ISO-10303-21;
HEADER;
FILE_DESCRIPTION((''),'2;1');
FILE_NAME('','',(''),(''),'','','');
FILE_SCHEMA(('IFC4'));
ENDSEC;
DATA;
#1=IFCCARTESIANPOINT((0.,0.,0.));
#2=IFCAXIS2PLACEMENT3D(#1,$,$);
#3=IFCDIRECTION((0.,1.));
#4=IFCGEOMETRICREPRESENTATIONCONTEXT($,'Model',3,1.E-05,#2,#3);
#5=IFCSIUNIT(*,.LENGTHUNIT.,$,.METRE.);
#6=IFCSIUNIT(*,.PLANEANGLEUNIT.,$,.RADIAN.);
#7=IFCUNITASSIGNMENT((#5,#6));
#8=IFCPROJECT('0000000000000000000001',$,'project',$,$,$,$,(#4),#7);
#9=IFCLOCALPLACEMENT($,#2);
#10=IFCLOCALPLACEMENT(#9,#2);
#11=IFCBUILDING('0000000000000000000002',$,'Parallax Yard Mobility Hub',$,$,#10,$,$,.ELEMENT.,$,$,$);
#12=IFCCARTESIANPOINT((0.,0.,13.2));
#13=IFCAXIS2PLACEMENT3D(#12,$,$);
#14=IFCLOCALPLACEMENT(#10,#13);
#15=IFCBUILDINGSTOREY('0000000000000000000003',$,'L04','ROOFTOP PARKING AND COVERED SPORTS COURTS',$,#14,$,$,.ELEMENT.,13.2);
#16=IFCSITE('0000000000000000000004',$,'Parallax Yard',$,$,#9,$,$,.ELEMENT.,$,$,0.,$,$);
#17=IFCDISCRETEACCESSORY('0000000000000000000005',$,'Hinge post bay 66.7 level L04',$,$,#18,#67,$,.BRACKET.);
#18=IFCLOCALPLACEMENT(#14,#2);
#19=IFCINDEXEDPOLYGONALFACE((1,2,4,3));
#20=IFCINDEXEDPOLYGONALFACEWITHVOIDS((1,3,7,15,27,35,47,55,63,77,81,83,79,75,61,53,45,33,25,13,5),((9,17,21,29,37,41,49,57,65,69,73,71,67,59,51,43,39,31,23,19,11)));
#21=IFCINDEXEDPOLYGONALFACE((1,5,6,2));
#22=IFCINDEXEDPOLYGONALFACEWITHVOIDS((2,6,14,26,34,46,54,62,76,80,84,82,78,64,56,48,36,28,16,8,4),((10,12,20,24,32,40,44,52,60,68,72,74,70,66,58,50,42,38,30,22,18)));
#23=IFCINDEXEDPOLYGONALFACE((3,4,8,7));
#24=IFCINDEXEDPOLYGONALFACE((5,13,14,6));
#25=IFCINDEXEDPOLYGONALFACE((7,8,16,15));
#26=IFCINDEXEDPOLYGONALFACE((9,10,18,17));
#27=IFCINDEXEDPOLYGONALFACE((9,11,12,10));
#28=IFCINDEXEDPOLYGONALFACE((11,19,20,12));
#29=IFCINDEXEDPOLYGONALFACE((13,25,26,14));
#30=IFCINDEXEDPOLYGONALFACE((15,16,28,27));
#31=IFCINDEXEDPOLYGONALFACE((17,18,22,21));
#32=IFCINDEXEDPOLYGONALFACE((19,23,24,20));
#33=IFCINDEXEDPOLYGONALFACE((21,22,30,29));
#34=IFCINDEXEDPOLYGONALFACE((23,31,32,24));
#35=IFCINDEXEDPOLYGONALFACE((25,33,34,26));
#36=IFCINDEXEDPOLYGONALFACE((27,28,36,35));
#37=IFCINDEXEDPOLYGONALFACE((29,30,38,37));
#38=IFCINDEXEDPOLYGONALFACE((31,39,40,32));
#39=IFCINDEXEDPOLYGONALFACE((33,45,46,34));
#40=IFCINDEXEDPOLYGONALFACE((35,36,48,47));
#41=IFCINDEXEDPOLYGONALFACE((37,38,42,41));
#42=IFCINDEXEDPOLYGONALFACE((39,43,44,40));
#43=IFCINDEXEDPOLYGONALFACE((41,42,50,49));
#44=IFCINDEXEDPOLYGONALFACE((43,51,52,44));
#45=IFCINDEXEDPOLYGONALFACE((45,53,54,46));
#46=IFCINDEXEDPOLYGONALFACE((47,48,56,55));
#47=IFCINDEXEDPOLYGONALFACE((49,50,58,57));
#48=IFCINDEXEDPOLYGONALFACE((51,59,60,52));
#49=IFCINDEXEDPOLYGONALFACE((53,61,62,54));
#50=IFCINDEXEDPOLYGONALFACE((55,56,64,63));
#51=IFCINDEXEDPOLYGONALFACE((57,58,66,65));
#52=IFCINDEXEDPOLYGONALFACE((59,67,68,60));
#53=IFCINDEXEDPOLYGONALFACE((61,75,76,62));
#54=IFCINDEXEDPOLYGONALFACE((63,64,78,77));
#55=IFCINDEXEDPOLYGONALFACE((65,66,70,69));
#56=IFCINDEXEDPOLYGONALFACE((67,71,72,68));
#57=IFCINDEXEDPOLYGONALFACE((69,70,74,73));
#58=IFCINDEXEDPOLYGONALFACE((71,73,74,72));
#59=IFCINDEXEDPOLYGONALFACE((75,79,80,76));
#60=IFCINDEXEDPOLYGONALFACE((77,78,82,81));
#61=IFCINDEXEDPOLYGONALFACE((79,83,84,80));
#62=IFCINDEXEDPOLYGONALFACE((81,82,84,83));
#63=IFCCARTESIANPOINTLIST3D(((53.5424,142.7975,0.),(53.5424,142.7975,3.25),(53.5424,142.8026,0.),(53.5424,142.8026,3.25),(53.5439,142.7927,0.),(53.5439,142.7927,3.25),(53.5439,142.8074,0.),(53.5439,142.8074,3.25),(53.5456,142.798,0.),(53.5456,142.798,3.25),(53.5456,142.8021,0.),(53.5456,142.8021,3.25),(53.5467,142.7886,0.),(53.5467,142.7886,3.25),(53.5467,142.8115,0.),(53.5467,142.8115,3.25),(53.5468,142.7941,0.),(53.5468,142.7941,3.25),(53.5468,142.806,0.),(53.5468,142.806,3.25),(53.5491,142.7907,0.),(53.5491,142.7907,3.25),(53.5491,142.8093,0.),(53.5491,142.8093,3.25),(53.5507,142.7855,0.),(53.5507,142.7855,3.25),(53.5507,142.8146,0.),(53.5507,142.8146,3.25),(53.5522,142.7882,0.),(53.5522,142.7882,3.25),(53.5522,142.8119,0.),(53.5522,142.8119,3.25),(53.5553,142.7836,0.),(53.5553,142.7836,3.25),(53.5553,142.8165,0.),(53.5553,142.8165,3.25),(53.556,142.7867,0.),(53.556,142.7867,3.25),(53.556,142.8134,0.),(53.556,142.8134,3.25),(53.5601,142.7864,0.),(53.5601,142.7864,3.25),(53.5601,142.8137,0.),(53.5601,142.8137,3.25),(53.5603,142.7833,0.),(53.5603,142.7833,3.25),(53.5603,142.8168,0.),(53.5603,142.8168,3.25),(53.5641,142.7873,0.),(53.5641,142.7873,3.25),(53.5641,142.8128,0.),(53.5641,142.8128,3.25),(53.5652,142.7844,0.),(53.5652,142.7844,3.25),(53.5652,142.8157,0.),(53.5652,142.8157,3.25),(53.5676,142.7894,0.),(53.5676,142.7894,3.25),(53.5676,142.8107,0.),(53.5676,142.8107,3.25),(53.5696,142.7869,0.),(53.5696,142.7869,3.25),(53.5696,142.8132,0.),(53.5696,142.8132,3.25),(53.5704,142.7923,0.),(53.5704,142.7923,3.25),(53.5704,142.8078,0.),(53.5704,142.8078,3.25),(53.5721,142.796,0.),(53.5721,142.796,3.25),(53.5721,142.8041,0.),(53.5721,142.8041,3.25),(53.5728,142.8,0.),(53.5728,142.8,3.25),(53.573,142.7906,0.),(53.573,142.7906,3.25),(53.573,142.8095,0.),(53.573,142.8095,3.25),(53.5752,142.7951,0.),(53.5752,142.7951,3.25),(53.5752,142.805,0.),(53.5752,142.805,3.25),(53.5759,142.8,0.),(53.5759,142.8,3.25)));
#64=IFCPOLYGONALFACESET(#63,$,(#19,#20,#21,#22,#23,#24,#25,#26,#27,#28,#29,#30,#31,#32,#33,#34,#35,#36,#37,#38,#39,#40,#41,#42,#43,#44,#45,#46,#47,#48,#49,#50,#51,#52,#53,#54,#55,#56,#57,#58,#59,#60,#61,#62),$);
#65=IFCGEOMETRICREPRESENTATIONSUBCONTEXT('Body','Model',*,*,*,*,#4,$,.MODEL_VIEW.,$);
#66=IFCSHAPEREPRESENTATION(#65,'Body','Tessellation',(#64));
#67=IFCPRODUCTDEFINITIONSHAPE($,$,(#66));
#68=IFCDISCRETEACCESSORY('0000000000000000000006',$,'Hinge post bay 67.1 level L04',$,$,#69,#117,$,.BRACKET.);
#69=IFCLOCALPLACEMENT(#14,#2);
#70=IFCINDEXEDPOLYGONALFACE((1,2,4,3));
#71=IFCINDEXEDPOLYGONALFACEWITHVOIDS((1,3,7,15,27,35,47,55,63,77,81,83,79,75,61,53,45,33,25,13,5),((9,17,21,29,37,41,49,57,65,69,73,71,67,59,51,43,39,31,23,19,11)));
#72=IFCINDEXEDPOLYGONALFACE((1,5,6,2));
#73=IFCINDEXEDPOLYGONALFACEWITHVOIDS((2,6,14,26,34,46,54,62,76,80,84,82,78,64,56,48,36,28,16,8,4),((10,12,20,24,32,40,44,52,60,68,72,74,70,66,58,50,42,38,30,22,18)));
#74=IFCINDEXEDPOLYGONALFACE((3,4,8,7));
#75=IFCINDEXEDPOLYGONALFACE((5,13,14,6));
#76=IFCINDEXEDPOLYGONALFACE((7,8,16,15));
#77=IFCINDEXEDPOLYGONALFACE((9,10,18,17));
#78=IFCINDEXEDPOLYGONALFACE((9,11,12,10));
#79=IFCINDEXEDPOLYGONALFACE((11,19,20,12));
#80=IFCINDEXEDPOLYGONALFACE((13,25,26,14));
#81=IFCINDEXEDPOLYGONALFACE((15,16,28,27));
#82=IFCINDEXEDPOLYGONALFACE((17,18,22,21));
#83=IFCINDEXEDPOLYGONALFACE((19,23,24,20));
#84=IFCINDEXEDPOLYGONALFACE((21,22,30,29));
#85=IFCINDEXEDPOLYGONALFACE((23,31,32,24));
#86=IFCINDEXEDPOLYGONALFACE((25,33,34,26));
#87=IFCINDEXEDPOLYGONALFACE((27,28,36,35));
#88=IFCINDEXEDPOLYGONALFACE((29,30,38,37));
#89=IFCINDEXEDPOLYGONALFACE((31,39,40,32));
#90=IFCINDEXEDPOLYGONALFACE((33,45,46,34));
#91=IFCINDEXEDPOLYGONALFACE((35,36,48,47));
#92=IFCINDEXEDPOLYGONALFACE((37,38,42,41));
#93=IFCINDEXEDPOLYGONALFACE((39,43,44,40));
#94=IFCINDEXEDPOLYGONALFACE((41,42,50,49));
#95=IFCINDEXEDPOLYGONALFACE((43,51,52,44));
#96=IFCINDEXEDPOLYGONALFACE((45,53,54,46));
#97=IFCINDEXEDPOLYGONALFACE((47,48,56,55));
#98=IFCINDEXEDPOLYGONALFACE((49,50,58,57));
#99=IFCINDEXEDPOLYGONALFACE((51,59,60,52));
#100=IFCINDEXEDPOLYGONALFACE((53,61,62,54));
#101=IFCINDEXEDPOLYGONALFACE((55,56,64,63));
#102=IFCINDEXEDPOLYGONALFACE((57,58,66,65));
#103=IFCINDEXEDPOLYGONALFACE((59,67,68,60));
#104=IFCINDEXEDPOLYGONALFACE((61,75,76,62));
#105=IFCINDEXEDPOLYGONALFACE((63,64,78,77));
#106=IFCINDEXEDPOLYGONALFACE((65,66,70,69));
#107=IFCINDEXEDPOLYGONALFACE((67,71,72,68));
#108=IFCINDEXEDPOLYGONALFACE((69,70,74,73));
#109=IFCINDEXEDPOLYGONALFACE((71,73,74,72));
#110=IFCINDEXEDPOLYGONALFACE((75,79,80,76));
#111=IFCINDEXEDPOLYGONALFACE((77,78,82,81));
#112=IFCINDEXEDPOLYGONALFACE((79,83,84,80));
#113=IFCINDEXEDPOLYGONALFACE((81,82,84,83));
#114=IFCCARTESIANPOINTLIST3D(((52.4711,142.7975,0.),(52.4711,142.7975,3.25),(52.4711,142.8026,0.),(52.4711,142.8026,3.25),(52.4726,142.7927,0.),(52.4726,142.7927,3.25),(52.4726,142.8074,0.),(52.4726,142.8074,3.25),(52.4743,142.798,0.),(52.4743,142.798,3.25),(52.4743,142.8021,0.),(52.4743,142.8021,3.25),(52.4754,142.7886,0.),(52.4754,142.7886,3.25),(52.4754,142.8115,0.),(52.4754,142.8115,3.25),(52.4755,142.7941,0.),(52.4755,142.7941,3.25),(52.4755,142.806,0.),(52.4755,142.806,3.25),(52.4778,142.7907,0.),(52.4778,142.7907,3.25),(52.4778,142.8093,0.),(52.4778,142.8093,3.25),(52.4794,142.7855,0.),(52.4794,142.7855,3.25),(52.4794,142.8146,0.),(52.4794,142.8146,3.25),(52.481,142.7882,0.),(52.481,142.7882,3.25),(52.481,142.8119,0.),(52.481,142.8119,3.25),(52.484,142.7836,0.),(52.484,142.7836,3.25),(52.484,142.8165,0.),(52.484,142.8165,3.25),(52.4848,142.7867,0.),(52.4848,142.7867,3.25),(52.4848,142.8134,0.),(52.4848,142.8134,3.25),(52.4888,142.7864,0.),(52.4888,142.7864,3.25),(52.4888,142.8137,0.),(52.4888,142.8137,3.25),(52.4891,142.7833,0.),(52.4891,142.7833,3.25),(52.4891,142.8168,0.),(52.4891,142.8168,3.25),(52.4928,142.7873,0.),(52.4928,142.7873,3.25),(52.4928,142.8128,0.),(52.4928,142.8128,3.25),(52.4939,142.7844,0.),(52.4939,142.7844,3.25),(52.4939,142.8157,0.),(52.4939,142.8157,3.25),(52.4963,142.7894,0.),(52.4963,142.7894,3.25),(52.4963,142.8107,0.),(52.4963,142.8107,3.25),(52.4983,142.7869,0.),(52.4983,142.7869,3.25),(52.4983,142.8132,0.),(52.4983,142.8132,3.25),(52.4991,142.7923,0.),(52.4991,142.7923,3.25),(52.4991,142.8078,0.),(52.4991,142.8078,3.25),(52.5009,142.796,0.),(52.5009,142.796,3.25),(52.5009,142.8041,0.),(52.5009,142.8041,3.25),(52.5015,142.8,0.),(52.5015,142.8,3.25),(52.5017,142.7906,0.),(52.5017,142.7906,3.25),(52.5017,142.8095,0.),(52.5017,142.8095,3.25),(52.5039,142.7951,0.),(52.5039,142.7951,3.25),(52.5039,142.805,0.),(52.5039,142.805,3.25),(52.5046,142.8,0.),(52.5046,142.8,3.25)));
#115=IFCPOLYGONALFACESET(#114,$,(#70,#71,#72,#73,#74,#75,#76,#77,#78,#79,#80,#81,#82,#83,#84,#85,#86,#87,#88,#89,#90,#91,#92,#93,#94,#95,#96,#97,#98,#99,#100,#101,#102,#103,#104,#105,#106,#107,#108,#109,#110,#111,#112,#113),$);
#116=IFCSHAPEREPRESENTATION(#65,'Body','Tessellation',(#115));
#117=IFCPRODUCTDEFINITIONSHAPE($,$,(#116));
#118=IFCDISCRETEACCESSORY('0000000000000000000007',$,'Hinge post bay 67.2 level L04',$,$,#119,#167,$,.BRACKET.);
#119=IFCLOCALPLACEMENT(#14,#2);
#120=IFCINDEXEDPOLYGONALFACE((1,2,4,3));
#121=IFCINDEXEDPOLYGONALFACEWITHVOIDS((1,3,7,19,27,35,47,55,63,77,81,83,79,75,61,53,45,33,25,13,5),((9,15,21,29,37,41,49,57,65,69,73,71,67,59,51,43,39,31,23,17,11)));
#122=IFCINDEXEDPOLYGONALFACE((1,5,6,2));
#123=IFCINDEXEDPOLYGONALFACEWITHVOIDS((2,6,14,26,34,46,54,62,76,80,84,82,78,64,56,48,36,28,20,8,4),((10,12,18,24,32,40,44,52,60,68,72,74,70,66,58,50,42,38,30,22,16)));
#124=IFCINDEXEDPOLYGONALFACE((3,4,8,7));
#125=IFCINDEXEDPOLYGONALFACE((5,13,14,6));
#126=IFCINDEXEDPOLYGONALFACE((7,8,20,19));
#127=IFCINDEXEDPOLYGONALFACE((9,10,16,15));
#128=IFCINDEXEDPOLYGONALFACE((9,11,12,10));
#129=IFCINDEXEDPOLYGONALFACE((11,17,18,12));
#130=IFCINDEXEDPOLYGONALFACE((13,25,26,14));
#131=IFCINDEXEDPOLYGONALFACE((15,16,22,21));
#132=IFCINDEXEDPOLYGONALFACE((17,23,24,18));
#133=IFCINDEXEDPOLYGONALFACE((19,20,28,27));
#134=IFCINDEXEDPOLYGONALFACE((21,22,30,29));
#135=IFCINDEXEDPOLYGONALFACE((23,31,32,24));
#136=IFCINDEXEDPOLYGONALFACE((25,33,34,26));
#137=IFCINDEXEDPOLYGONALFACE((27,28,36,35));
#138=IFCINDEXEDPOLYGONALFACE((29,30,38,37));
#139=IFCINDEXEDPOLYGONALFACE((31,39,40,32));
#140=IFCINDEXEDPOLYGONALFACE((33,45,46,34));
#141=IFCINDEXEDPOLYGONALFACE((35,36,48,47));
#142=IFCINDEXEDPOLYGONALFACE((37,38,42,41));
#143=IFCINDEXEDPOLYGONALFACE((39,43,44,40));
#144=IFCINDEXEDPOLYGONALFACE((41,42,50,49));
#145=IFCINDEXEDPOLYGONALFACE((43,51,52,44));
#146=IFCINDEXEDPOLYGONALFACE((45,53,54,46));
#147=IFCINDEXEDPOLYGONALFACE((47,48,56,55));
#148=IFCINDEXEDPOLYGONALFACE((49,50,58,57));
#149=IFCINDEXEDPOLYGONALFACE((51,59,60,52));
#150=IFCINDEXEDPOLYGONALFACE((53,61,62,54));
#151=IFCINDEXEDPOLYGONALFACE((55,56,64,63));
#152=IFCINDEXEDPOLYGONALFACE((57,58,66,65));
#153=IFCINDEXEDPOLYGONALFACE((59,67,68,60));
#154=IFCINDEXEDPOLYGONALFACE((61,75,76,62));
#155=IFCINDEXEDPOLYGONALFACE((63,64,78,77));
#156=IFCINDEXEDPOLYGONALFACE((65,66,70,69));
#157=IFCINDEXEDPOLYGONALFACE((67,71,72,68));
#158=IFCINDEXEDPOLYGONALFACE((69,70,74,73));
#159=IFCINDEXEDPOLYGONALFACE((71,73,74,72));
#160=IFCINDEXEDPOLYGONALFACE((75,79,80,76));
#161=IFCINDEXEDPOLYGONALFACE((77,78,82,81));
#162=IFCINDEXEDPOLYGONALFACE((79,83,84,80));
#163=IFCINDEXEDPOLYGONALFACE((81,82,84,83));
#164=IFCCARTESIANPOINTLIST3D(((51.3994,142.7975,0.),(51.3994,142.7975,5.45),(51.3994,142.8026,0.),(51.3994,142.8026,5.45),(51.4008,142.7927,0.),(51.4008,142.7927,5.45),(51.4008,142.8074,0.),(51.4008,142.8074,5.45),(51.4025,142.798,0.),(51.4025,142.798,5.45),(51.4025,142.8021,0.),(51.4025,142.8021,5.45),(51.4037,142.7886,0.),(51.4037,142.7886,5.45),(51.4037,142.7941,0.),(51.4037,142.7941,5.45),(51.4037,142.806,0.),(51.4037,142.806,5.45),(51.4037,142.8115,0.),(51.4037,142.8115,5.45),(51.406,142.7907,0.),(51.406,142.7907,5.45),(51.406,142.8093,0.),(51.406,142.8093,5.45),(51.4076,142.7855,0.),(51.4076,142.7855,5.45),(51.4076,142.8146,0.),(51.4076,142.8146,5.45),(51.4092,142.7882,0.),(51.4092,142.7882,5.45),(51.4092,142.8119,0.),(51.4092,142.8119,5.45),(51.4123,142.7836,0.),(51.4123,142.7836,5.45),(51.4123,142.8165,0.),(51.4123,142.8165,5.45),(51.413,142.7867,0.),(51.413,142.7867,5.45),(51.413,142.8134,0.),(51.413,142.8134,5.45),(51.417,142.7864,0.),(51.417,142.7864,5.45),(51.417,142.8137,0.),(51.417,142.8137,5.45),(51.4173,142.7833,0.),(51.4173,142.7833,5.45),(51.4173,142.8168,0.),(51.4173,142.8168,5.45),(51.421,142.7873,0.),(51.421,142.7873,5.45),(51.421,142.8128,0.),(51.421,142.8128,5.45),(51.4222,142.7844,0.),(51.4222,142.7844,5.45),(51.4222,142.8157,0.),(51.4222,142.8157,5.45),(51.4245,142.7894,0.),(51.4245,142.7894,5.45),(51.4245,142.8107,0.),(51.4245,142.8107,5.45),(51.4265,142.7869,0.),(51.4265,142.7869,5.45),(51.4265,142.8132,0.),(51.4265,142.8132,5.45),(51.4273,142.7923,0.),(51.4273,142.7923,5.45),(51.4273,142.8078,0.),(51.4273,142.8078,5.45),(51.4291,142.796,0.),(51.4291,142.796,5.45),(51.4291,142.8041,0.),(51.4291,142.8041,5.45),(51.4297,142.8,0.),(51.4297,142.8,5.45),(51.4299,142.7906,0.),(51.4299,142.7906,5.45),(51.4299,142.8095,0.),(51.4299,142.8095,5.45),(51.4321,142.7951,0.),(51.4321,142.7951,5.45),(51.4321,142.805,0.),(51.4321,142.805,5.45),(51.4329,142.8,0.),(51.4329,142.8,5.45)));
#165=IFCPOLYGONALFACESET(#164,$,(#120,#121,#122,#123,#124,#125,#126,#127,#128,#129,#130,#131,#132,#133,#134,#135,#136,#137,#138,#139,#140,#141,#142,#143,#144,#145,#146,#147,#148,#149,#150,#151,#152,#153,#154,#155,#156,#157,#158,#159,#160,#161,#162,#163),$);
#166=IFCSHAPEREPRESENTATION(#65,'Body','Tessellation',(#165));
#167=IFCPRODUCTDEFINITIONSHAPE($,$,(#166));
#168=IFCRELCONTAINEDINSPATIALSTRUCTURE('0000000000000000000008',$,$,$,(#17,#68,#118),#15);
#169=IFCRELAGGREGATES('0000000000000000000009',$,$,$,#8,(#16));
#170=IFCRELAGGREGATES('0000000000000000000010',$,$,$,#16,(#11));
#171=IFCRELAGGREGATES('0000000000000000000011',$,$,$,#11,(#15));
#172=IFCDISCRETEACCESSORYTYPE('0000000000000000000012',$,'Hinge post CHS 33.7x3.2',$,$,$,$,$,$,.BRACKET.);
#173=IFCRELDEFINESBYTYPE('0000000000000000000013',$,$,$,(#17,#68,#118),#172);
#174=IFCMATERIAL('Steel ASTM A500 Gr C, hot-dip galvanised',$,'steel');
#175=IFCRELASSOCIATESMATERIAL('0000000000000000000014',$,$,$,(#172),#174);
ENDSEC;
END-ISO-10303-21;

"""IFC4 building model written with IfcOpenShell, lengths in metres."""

from ifc_helpers import new_model, si_unit, direction, frame, origin, origin_2d, place, context, subcontext, project, spatial, hollow_circle, extrude, material, material_profile, profile_set, type_object, element, save


model = new_model("IFC4")

# Units and contexts
model_context = context("Model", 3, precision=1e-05, world=origin(), true_north=direction((0.0, 1.0)))
body_context = subcontext(model_context, "Body", "Model", "MODEL_VIEW")
ifc_project = project(units=[si_unit("LENGTHUNIT", "METRE"), si_unit("PLANEANGLEUNIT", "RADIAN")], contexts=[model_context])

# Site, building, storey
site_placement = place(None, origin())
site = spatial("IfcSite", under=ifc_project, at=site_placement, Name="Parallax Yard", CompositionType="ELEMENT", RefElevation=0.0)
building_placement = place(site_placement, origin())
building = spatial("IfcBuilding", under=site, at=building_placement, Name="Parallax Yard Mobility Hub", CompositionType="ELEMENT")
storey_placement = place(building_placement, frame((0.0, 0.0, 13.2)))
storey = spatial("IfcBuildingStorey", under=building, at=storey_placement, Name="L04", Description="ROOFTOP PARKING AND COVERED SPORTS COURTS", CompositionType="ELEMENT", Elevation=13.2)

# Discrete accessories
ifc_material_1 = material(Name="Steel ASTM A500 Gr C, hot-dip galvanised", Category="steel")
ifc_material_profile = material_profile(ifc_material_1, hollow_circle(Radius=0.0168, WallThickness=0.0032, at=origin_2d()), Name="CHS 33.7x3.2")
ifc_profile_set = profile_set([ifc_material_profile], Name="Steel ASTM A500 Gr C, hot-dip galvanised")
discrete_accessory_type = type_object("IfcDiscreteAccessoryType", Name="Hinge post CHS 33.7x3.2", PredefinedType="BRACKET", material=ifc_profile_set)
for number, where, z_axis, x_axis, name in (
    (1, (53.5591, 142.8, 0.0), (0.0, 0.0, 1.0), (1.0, 0.0, 0.0), "Hinge post bay 66.7 level L04"),
    (2, (52.4878, 142.8, 0.0), (0.0, 0.0, 1.0), (1.0, 0.0, 0.0), "Hinge post bay 67.1 level L04"),
):
    element("IfcDiscreteAccessory", number, at=place(storey_placement, frame(where, z_axis=z_axis, x_axis=x_axis)), inside=storey, type_object=discrete_accessory_type, Name=name, PredefinedType="BRACKET", context=body_context, shape_type="SweptSolid", body=[
        extrude(hollow_circle(Radius=0.0168, WallThickness=0.0032, at=origin_2d()), origin(), (0.0, 0.0, 1.0), 3.25),
    ])
for number, where, z_axis, x_axis, name in (
    (3, (51.416, 142.8, 0.0), (0.0, 0.0, 1.0), (1.0, 0.0, 0.0), "Hinge post bay 67.2 level L04"),
):
    element("IfcDiscreteAccessory", number, at=place(storey_placement, frame(where, z_axis=z_axis, x_axis=x_axis)), inside=storey, type_object=discrete_accessory_type, Name=name, PredefinedType="BRACKET", context=body_context, shape_type="SweptSolid", body=[
        extrude(hollow_circle(Radius=0.0168, WallThickness=0.0032, at=origin_2d()), origin(), (0.0, 0.0, 1.0), 5.45),
    ])

save(model, "model.ifc")
